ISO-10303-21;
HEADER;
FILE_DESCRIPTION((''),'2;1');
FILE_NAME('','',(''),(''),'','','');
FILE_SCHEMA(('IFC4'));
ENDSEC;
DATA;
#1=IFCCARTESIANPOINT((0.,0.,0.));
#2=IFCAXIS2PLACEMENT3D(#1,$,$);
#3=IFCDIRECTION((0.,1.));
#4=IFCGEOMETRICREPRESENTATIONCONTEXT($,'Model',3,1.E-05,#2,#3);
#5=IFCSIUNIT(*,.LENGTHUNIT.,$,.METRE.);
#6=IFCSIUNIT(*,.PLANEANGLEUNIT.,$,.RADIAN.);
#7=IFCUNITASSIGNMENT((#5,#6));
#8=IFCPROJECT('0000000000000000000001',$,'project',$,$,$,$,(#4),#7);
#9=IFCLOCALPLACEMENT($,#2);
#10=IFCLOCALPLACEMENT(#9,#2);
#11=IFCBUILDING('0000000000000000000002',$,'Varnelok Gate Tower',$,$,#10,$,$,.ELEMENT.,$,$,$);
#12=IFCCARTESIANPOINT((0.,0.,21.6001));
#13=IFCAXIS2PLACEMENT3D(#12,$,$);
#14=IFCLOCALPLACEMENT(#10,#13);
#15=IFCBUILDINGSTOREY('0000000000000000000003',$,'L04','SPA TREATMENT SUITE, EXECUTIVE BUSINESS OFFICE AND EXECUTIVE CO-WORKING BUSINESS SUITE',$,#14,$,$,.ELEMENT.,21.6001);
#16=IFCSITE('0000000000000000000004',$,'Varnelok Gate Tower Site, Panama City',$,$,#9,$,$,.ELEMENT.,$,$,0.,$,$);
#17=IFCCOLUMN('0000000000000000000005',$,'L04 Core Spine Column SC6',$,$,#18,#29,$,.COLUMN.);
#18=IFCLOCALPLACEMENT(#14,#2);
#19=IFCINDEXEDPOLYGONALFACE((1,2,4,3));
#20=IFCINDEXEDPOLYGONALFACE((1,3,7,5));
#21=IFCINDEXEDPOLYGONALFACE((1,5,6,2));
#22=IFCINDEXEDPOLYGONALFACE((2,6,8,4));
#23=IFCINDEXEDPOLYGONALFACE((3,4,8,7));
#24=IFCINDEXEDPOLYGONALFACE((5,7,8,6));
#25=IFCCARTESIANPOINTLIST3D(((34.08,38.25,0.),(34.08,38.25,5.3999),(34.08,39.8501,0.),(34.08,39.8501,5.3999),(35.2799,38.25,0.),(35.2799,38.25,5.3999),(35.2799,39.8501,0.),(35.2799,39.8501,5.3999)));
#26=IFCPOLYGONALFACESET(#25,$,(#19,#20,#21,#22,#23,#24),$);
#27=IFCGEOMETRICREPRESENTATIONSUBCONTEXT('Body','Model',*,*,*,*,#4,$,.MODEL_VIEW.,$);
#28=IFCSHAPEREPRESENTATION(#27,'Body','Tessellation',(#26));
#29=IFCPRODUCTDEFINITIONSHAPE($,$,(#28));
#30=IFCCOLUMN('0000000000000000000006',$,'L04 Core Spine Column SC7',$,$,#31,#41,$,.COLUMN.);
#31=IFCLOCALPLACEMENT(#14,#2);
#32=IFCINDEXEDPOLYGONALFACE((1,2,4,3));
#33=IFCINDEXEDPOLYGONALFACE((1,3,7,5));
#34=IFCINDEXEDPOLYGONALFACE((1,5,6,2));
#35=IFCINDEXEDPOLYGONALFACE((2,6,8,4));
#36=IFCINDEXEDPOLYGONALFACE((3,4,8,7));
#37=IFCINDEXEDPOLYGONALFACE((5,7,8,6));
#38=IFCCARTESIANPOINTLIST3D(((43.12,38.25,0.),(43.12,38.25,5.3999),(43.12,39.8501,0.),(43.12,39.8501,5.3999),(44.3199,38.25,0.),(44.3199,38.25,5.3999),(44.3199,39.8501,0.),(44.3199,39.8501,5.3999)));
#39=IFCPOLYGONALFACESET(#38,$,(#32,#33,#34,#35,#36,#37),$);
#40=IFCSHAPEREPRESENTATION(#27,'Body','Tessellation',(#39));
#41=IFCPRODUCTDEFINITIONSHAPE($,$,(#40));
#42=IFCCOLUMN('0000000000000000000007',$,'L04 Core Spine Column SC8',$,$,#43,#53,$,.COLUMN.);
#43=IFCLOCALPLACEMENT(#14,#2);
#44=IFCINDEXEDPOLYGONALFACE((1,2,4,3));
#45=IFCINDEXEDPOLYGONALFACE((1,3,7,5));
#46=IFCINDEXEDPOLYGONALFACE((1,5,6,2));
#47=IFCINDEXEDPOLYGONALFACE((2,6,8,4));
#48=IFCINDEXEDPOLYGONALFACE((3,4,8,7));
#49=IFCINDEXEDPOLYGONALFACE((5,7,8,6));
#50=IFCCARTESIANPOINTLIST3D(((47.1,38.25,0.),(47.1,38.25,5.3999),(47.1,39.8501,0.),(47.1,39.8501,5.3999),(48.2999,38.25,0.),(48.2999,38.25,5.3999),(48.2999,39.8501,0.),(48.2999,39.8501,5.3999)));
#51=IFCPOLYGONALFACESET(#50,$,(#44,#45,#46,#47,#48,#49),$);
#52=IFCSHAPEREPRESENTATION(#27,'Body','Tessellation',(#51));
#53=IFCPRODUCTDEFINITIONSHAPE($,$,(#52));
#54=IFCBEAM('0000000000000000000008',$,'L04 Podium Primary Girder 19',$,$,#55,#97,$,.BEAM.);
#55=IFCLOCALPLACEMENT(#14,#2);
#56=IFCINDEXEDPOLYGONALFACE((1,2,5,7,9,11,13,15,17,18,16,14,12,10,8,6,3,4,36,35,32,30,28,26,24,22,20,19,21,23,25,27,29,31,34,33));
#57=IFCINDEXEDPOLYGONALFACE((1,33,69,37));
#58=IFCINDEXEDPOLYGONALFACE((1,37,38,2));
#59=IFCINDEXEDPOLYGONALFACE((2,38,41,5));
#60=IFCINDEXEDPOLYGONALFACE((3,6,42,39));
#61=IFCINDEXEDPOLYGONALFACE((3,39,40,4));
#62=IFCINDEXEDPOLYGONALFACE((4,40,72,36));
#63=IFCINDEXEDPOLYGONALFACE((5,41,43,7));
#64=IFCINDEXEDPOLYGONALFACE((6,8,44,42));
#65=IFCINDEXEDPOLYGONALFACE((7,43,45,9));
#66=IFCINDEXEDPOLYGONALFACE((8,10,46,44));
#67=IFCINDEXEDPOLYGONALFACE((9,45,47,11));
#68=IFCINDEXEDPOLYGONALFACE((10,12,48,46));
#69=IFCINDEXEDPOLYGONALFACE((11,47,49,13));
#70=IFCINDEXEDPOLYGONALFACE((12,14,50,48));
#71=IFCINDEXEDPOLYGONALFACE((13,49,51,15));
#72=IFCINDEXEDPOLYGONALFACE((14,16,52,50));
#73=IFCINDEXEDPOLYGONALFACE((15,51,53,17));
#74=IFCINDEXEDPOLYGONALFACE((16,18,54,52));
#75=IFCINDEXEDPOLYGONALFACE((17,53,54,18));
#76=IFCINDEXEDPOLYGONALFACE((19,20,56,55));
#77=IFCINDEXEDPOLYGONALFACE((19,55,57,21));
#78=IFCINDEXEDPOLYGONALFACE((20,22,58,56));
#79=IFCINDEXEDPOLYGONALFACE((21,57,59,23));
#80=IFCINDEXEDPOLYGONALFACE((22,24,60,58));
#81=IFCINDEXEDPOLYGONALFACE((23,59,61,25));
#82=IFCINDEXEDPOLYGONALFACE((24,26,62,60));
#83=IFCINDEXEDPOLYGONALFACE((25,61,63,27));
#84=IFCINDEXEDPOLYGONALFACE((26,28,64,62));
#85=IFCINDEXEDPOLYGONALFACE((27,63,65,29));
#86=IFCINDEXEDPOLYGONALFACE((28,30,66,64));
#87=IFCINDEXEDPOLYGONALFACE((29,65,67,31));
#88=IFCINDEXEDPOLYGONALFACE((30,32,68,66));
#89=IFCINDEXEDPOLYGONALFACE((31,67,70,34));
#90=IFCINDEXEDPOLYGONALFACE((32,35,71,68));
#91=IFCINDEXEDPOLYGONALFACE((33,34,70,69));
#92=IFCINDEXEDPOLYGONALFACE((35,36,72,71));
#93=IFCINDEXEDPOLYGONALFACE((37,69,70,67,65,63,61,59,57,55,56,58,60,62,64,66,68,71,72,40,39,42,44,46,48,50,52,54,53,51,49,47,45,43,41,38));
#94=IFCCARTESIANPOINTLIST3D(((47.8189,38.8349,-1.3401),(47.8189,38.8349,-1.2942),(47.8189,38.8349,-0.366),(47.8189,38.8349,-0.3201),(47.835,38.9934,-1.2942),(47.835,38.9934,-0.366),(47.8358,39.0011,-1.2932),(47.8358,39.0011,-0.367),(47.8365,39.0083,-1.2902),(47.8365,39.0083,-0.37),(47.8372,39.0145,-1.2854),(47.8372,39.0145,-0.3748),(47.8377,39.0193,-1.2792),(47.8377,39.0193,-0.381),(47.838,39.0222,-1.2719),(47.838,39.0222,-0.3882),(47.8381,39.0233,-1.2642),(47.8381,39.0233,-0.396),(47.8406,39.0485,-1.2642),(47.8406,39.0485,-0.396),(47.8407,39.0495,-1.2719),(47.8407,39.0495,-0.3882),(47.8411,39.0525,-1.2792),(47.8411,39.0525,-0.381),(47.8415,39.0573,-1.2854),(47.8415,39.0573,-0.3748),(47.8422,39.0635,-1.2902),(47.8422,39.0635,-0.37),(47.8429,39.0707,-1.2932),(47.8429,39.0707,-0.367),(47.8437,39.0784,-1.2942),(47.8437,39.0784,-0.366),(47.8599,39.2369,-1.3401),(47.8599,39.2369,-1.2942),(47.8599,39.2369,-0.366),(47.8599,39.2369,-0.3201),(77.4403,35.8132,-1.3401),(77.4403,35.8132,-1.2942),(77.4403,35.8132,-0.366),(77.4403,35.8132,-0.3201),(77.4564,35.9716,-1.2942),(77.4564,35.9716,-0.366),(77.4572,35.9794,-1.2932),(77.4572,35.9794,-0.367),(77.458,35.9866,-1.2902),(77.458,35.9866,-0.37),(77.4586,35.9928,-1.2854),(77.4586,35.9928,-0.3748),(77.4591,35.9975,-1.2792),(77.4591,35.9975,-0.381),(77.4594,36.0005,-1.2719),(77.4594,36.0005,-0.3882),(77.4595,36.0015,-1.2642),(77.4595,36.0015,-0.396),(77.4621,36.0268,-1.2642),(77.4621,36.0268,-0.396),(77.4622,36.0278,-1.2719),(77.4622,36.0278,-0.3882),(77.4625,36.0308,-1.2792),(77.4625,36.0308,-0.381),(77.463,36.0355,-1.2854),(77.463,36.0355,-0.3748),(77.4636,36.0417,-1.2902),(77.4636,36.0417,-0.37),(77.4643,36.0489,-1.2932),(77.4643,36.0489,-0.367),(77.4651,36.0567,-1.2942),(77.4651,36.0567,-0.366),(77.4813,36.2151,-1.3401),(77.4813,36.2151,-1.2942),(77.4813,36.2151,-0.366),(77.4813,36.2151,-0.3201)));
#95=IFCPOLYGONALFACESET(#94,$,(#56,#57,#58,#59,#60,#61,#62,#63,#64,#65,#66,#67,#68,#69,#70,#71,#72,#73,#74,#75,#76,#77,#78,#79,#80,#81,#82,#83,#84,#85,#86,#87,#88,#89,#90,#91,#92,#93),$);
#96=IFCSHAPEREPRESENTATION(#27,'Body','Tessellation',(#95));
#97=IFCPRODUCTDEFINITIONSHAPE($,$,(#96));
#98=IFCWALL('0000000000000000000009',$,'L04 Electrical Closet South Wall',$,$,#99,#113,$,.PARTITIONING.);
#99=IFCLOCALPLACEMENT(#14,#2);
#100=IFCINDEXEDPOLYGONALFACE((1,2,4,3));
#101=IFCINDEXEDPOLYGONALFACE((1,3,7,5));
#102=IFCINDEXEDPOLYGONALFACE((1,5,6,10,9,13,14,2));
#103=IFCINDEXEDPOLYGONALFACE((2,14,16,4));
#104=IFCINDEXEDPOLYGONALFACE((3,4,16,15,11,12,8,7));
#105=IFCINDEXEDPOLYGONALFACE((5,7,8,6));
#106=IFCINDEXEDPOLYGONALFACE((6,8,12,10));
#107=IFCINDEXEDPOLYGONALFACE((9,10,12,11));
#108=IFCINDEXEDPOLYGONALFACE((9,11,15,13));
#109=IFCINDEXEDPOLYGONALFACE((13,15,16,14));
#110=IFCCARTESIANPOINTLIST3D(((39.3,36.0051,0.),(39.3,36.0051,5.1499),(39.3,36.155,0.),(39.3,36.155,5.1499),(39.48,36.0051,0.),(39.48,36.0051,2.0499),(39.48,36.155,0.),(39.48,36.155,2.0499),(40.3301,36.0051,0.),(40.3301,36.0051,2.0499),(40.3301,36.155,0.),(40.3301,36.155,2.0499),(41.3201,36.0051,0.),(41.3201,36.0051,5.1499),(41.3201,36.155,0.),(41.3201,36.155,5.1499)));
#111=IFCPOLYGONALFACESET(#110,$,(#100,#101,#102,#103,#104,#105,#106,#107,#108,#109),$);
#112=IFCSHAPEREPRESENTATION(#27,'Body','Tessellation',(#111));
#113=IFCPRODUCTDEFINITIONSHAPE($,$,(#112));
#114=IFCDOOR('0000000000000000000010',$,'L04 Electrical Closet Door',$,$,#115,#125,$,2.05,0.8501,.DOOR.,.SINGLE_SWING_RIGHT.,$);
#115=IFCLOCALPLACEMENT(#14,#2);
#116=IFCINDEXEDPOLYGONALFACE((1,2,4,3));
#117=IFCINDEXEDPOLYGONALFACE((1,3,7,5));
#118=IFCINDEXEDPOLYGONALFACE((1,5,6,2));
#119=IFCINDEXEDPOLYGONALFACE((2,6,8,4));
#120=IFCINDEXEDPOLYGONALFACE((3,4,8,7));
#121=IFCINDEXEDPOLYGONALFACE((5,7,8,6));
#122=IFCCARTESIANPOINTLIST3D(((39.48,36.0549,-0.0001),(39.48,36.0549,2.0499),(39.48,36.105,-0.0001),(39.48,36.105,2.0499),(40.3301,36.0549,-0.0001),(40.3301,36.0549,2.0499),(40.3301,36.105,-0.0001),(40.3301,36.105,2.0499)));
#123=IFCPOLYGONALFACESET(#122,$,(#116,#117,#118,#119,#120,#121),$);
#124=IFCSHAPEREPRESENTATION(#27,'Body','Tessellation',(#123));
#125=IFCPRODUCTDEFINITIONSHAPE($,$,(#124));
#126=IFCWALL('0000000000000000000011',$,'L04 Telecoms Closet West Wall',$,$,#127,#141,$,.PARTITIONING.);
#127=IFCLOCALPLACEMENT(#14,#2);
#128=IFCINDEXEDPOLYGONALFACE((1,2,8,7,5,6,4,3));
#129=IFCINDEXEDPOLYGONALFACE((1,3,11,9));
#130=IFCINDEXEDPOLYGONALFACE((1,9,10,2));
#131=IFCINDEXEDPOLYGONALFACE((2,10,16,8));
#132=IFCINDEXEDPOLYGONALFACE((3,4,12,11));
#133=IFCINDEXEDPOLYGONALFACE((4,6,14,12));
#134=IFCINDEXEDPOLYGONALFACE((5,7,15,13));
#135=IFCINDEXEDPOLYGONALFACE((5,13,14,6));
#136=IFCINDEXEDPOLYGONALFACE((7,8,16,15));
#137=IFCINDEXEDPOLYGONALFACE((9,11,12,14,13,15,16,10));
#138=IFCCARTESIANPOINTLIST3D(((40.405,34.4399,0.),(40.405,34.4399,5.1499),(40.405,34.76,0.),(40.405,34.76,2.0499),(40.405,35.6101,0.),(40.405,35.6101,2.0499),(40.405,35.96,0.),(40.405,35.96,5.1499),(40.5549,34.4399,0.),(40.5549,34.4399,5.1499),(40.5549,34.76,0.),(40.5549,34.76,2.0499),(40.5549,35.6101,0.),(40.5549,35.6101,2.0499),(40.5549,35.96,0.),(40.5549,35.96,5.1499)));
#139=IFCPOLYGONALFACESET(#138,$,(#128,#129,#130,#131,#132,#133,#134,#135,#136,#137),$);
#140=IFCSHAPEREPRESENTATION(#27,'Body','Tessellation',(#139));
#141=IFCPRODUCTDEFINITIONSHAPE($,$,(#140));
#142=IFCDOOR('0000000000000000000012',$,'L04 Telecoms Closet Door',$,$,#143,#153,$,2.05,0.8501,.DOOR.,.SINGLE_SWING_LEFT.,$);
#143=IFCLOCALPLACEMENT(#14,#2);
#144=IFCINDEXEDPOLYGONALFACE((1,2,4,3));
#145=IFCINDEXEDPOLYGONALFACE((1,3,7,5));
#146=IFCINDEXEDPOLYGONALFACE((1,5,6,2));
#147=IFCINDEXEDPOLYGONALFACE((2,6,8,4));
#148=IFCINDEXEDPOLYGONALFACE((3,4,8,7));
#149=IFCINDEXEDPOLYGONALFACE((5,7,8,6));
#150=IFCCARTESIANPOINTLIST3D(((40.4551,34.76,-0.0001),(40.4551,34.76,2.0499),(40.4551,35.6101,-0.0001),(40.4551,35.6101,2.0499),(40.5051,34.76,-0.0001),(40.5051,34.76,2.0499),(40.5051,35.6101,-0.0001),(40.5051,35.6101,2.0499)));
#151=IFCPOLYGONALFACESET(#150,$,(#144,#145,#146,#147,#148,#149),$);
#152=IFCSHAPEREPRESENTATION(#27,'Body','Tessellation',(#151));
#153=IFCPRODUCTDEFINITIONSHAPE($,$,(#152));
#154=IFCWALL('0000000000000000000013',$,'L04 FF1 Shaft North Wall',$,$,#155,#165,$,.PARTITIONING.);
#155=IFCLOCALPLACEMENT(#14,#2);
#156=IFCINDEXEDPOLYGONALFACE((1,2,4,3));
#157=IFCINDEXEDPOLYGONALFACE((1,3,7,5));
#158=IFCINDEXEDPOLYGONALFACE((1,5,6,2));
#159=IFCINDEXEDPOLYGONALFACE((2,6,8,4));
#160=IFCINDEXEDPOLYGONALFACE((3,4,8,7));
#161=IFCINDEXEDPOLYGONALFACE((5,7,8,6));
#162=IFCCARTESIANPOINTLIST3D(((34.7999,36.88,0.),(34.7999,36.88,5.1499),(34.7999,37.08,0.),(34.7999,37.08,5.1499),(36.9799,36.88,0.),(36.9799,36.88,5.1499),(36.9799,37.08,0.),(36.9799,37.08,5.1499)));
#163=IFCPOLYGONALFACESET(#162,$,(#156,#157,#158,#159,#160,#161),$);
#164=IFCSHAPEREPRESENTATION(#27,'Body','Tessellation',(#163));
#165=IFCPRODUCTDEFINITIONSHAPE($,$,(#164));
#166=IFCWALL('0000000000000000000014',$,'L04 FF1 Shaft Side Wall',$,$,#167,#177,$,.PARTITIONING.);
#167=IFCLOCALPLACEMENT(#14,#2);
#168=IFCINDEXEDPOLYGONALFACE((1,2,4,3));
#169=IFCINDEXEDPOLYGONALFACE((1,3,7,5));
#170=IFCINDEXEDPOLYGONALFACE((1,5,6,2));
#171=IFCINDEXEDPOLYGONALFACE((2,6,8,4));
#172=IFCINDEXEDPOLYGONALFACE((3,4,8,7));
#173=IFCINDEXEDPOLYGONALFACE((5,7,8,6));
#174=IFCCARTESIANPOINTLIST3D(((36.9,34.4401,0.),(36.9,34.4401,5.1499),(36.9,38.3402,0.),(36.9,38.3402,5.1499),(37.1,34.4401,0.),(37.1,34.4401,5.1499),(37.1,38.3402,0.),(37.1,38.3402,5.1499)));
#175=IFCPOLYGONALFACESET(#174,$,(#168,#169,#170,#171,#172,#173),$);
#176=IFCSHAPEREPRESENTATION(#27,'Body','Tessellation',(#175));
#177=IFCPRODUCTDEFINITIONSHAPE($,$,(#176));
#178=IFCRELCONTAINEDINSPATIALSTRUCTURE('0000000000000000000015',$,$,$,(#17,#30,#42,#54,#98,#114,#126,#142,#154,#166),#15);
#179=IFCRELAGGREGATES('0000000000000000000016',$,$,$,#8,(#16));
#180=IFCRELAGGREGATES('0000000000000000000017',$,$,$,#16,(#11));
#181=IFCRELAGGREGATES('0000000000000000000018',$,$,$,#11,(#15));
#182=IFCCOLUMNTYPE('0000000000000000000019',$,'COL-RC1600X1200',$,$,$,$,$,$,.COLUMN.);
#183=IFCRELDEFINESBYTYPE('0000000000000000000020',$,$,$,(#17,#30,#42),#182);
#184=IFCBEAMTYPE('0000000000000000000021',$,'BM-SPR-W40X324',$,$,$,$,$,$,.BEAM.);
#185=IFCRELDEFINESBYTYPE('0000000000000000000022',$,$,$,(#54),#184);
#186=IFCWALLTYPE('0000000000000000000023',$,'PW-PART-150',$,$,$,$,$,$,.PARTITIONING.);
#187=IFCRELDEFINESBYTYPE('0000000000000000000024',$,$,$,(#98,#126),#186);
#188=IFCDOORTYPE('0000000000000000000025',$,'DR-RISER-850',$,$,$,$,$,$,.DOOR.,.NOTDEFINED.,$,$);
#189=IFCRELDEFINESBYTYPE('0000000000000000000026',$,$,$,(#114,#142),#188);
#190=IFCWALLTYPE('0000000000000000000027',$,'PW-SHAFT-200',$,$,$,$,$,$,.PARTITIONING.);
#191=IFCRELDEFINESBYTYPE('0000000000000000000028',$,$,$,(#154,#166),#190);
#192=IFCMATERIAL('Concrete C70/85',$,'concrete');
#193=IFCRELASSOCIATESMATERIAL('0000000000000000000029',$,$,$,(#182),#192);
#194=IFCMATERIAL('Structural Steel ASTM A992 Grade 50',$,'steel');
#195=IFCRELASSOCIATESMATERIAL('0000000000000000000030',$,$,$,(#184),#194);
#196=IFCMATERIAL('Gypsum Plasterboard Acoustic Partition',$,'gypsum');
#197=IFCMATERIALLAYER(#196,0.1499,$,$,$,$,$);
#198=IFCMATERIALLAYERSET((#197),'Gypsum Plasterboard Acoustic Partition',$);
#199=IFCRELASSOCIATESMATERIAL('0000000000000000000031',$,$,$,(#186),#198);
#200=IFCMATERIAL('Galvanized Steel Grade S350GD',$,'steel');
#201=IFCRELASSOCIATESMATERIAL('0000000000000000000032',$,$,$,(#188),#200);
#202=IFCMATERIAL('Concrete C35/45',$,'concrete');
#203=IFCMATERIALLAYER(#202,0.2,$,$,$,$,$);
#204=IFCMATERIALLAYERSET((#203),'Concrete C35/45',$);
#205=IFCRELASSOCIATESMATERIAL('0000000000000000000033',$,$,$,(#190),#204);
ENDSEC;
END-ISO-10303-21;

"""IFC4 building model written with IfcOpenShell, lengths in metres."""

from ifc_helpers import new_model, si_unit, direction, frame, frame_2d, origin, origin_2d, place, context, subcontext, project, spatial, rectangle, i_section, extrude, material, layer, layer_set, material_profile, profile_set, type_object, element, fill, save


model = new_model("IFC4")

# Units and contexts
model_context = context("Model", 3, precision=1e-05, world=origin(), true_north=direction((0.0, 1.0)))
body_context = subcontext(model_context, "Body", "Model", "MODEL_VIEW")
ifc_project = project(units=[si_unit("LENGTHUNIT", "METRE"), si_unit("PLANEANGLEUNIT", "RADIAN")], contexts=[model_context])

# Site, building, storey
site_placement = place(None, origin())
site = spatial("IfcSite", under=ifc_project, at=site_placement, Name="Varnelok Gate Tower Site, Panama City", CompositionType="ELEMENT", RefElevation=0.0)
building_placement = place(site_placement, origin())
building = spatial("IfcBuilding", under=site, at=building_placement, Name="Varnelok Gate Tower", CompositionType="ELEMENT")
storey_placement = place(building_placement, frame((0.0, 0.0, 21.6001)))
storey = spatial("IfcBuildingStorey", under=building, at=storey_placement, Name="L04", Description="SPA TREATMENT SUITE, EXECUTIVE BUSINESS OFFICE AND EXECUTIVE CO-WORKING BUSINESS SUITE", CompositionType="ELEMENT", Elevation=21.6001)

# Columns
ifc_material_1 = material(Name="Concrete C70/85", Category="concrete")
ifc_material_profile_1 = material_profile(ifc_material_1, rectangle(XDim=1.2, YDim=1.6001, at=origin_2d()), Name="RC1600X1200")
ifc_profile_set_1 = profile_set([ifc_material_profile_1], Name="Concrete C70/85")
column_type = type_object("IfcColumnType", Name="COL-RC1600X1200", PredefinedType="COLUMN", material=ifc_profile_set_1)
for number, where, z_axis, x_axis, name in (
    (1, (34.6799, 39.05, 0.0), (0.0, 0.0, 1.0), (1.0, 0.0, 0.0), "L04 Core Spine Column SC6"),
    (2, (43.72, 39.05, 0.0), (0.0, 0.0, 1.0), (1.0, 0.0, 0.0), "L04 Core Spine Column SC7"),
    (3, (47.7, 39.05, 0.0), (0.0, 0.0, 1.0), (1.0, 0.0, 0.0), "L04 Core Spine Column SC8"),
):
    element("IfcColumn", number, at=place(storey_placement, frame(where, z_axis=z_axis, x_axis=x_axis)), inside=storey, type_object=column_type, Name=name, PredefinedType="COLUMN", context=body_context, shape_type="SweptSolid", body=[
        extrude(rectangle(XDim=1.2, YDim=1.6001, at=origin_2d()), origin(), (0.0, 0.0, 1.0), 5.3999),
    ])

# Beam
ifc_material_2 = material(Name="Structural Steel ASTM A992 Grade 50", Category="steel")
ifc_material_profile_2 = material_profile(ifc_material_2, i_section(OverallWidth=0.4041, OverallDepth=1.02, WebThickness=0.0254, FlangeThickness=0.0459, FilletRadius=0.03, at=origin_2d()), Name="W40X324")
ifc_profile_set_2 = profile_set([ifc_material_profile_2], Name="Structural Steel ASTM A992 Grade 50")
beam_type = type_object("IfcBeamType", Name="BM-SPR-W40X324", PredefinedType="BEAM", material=ifc_profile_set_2)
beam_placement = place(storey_placement, frame((47.8394, 39.0359, -0.8301), z_axis=(0.994837, -0.101485, 0.0), x_axis=(0.101485, 0.994837, 0.0)))
element("IfcBeam", 4, at=beam_placement, inside=storey, type_object=beam_type, Name="L04 Podium Primary Girder 19", PredefinedType="BEAM", context=body_context, shape_type="SweptSolid", body=[
    extrude(i_section(OverallWidth=0.4041, OverallDepth=1.02, WebThickness=0.0254, FlangeThickness=0.0459, FilletRadius=0.03, at=origin_2d()), origin(), (0.0, 0.0, 1.0), 29.7751),
])

# Walls, openings, doors
ifc_material_3 = material(Name="Gypsum Plasterboard Acoustic Partition", Category="gypsum")
ifc_layer_1 = layer(ifc_material_3, 0.1499)
ifc_layer_set_1 = layer_set([ifc_layer_1], Name="Gypsum Plasterboard Acoustic Partition")
wall_type_1 = type_object("IfcWallType", Name="PW-PART-150", PredefinedType="PARTITIONING", material=ifc_layer_set_1)
wall_1_placement = place(storey_placement, frame((39.3, 36.0801, 0.0), z_axis=(0.0, 0.0, 1.0), x_axis=(1.0, 0.0, 0.0)))
wall_1 = element("IfcWall", 5, at=wall_1_placement, inside=storey, type_object=wall_type_1, Name="L04 Electrical Closet South Wall", PredefinedType="PARTITIONING", context=body_context, shape_type="SweptSolid", body=[
    extrude(rectangle(XDim=2.02, YDim=0.1499, at=frame_2d((1.01, 0.0))), origin(), (0.0, 0.0, 1.0), 5.1499),
])
opening_1_placement = place(wall_1_placement, frame((0.1799, 0.0, 0.0)))
opening_1 = element("IfcOpeningElement", 6, at=opening_1_placement, cuts=wall_1, PredefinedType="OPENING", context=body_context, shape_type="SweptSolid", body=[
    extrude(rectangle(XDim=0.8501, YDim=2.05, at=frame_2d((0.425, 1.0249))), frame((0.0, 0.085, 0.0), z_axis=(0.0, -1.0, 0.0), x_axis=(1.0, 0.0, 0.0)), (0.0, 0.0, 1.0), 0.1699),
])
ifc_material_4 = material(Name="Galvanized Steel Grade S350GD", Category="steel")
door_type_1 = type_object("IfcDoorType", Name="DR-RISER-850", OperationType="NOTDEFINED", PredefinedType="DOOR", material=ifc_material_4)
door_1_placement = place(opening_1_placement, origin())
door_1 = element("IfcDoor", 7, at=door_1_placement, inside=storey, type_object=door_type_1, Name="L04 Electrical Closet Door", OperationType="SINGLE_SWING_RIGHT", OverallHeight=2.05, OverallWidth=0.8501, PredefinedType="DOOR", context=body_context, shape_type="SweptSolid", body=[
    extrude(rectangle(XDim=0.8501, YDim=2.05, at=frame_2d((0.425, 1.0249))), frame((0.0, 0.0249, 0.0), z_axis=(0.0, -1.0, 0.0), x_axis=(1.0, 0.0, 0.0)), (0.0, 0.0, 1.0), 0.05),
])
fill(opening_1, door_1)
wall_2_placement = place(storey_placement, frame((40.48, 34.4399, 0.0), z_axis=(0.0, 0.0, 1.0), x_axis=(0.0, 1.0, 0.0)))
wall_2 = element("IfcWall", 8, at=wall_2_placement, inside=storey, type_object=wall_type_1, Name="L04 Telecoms Closet West Wall", PredefinedType="PARTITIONING", context=body_context, shape_type="SweptSolid", body=[
    extrude(rectangle(XDim=1.52, YDim=0.1499, at=frame_2d((0.76, 0.0))), origin(), (0.0, 0.0, 1.0), 5.1499),
])
opening_2_placement = place(wall_2_placement, frame((0.3201, 0.0, 0.0)))
opening_2 = element("IfcOpeningElement", 9, at=opening_2_placement, cuts=wall_2, PredefinedType="OPENING", context=body_context, shape_type="SweptSolid", body=[
    extrude(rectangle(XDim=0.8501, YDim=2.05, at=frame_2d((0.425, 1.0249))), frame((0.0, 0.085, 0.0), z_axis=(0.0, -1.0, 0.0), x_axis=(1.0, 0.0, 0.0)), (0.0, 0.0, 1.0), 0.1699),
])
door_2_placement = place(opening_2_placement, origin())
door_2 = element("IfcDoor", 10, at=door_2_placement, inside=storey, type_object=door_type_1, Name="L04 Telecoms Closet Door", OperationType="SINGLE_SWING_LEFT", OverallHeight=2.05, OverallWidth=0.8501, PredefinedType="DOOR", context=body_context, shape_type="SweptSolid", body=[
    extrude(rectangle(XDim=0.8501, YDim=2.05, at=frame_2d((0.425, 1.0249))), frame((0.0, 0.0249, 0.0), z_axis=(0.0, -1.0, 0.0), x_axis=(1.0, 0.0, 0.0)), (0.0, 0.0, 1.0), 0.05),
])
fill(opening_2, door_2)

# Walls
ifc_material_5 = material(Name="Concrete C35/45", Category="concrete")
ifc_layer_2 = layer(ifc_material_5, 0.2)
ifc_layer_set_2 = layer_set([ifc_layer_2], Name="Concrete C35/45")
wall_type_2 = type_object("IfcWallType", Name="PW-SHAFT-200", PredefinedType="PARTITIONING", material=ifc_layer_set_2)
wall_3_placement = place(storey_placement, frame((34.8, 36.98, 0.0), z_axis=(0.0, 0.0, 1.0), x_axis=(1.0, 0.0, 0.0)))
element("IfcWall", 11, at=wall_3_placement, inside=storey, type_object=wall_type_2, Name="L04 FF1 Shaft North Wall", PredefinedType="PARTITIONING", context=body_context, shape_type="SweptSolid", body=[
    extrude(rectangle(XDim=2.1799, YDim=0.2, at=frame_2d((1.0898, 0.0))), origin(), (0.0, 0.0, 1.0), 5.1499),
])
wall_4_placement = place(storey_placement, frame((37.0, 34.4399, 0.0), z_axis=(0.0, 0.0, 1.0), x_axis=(0.0, 1.0, 0.0)))
element("IfcWall", 12, at=wall_4_placement, inside=storey, type_object=wall_type_2, Name="L04 FF1 Shaft Side Wall", PredefinedType="PARTITIONING", context=body_context, shape_type="SweptSolid", body=[
    extrude(rectangle(XDim=3.9001, YDim=0.2, at=frame_2d((1.9502, 0.0))), origin(), (0.0, 0.0, 1.0), 5.1499),
])

save(model, "model.ifc")
